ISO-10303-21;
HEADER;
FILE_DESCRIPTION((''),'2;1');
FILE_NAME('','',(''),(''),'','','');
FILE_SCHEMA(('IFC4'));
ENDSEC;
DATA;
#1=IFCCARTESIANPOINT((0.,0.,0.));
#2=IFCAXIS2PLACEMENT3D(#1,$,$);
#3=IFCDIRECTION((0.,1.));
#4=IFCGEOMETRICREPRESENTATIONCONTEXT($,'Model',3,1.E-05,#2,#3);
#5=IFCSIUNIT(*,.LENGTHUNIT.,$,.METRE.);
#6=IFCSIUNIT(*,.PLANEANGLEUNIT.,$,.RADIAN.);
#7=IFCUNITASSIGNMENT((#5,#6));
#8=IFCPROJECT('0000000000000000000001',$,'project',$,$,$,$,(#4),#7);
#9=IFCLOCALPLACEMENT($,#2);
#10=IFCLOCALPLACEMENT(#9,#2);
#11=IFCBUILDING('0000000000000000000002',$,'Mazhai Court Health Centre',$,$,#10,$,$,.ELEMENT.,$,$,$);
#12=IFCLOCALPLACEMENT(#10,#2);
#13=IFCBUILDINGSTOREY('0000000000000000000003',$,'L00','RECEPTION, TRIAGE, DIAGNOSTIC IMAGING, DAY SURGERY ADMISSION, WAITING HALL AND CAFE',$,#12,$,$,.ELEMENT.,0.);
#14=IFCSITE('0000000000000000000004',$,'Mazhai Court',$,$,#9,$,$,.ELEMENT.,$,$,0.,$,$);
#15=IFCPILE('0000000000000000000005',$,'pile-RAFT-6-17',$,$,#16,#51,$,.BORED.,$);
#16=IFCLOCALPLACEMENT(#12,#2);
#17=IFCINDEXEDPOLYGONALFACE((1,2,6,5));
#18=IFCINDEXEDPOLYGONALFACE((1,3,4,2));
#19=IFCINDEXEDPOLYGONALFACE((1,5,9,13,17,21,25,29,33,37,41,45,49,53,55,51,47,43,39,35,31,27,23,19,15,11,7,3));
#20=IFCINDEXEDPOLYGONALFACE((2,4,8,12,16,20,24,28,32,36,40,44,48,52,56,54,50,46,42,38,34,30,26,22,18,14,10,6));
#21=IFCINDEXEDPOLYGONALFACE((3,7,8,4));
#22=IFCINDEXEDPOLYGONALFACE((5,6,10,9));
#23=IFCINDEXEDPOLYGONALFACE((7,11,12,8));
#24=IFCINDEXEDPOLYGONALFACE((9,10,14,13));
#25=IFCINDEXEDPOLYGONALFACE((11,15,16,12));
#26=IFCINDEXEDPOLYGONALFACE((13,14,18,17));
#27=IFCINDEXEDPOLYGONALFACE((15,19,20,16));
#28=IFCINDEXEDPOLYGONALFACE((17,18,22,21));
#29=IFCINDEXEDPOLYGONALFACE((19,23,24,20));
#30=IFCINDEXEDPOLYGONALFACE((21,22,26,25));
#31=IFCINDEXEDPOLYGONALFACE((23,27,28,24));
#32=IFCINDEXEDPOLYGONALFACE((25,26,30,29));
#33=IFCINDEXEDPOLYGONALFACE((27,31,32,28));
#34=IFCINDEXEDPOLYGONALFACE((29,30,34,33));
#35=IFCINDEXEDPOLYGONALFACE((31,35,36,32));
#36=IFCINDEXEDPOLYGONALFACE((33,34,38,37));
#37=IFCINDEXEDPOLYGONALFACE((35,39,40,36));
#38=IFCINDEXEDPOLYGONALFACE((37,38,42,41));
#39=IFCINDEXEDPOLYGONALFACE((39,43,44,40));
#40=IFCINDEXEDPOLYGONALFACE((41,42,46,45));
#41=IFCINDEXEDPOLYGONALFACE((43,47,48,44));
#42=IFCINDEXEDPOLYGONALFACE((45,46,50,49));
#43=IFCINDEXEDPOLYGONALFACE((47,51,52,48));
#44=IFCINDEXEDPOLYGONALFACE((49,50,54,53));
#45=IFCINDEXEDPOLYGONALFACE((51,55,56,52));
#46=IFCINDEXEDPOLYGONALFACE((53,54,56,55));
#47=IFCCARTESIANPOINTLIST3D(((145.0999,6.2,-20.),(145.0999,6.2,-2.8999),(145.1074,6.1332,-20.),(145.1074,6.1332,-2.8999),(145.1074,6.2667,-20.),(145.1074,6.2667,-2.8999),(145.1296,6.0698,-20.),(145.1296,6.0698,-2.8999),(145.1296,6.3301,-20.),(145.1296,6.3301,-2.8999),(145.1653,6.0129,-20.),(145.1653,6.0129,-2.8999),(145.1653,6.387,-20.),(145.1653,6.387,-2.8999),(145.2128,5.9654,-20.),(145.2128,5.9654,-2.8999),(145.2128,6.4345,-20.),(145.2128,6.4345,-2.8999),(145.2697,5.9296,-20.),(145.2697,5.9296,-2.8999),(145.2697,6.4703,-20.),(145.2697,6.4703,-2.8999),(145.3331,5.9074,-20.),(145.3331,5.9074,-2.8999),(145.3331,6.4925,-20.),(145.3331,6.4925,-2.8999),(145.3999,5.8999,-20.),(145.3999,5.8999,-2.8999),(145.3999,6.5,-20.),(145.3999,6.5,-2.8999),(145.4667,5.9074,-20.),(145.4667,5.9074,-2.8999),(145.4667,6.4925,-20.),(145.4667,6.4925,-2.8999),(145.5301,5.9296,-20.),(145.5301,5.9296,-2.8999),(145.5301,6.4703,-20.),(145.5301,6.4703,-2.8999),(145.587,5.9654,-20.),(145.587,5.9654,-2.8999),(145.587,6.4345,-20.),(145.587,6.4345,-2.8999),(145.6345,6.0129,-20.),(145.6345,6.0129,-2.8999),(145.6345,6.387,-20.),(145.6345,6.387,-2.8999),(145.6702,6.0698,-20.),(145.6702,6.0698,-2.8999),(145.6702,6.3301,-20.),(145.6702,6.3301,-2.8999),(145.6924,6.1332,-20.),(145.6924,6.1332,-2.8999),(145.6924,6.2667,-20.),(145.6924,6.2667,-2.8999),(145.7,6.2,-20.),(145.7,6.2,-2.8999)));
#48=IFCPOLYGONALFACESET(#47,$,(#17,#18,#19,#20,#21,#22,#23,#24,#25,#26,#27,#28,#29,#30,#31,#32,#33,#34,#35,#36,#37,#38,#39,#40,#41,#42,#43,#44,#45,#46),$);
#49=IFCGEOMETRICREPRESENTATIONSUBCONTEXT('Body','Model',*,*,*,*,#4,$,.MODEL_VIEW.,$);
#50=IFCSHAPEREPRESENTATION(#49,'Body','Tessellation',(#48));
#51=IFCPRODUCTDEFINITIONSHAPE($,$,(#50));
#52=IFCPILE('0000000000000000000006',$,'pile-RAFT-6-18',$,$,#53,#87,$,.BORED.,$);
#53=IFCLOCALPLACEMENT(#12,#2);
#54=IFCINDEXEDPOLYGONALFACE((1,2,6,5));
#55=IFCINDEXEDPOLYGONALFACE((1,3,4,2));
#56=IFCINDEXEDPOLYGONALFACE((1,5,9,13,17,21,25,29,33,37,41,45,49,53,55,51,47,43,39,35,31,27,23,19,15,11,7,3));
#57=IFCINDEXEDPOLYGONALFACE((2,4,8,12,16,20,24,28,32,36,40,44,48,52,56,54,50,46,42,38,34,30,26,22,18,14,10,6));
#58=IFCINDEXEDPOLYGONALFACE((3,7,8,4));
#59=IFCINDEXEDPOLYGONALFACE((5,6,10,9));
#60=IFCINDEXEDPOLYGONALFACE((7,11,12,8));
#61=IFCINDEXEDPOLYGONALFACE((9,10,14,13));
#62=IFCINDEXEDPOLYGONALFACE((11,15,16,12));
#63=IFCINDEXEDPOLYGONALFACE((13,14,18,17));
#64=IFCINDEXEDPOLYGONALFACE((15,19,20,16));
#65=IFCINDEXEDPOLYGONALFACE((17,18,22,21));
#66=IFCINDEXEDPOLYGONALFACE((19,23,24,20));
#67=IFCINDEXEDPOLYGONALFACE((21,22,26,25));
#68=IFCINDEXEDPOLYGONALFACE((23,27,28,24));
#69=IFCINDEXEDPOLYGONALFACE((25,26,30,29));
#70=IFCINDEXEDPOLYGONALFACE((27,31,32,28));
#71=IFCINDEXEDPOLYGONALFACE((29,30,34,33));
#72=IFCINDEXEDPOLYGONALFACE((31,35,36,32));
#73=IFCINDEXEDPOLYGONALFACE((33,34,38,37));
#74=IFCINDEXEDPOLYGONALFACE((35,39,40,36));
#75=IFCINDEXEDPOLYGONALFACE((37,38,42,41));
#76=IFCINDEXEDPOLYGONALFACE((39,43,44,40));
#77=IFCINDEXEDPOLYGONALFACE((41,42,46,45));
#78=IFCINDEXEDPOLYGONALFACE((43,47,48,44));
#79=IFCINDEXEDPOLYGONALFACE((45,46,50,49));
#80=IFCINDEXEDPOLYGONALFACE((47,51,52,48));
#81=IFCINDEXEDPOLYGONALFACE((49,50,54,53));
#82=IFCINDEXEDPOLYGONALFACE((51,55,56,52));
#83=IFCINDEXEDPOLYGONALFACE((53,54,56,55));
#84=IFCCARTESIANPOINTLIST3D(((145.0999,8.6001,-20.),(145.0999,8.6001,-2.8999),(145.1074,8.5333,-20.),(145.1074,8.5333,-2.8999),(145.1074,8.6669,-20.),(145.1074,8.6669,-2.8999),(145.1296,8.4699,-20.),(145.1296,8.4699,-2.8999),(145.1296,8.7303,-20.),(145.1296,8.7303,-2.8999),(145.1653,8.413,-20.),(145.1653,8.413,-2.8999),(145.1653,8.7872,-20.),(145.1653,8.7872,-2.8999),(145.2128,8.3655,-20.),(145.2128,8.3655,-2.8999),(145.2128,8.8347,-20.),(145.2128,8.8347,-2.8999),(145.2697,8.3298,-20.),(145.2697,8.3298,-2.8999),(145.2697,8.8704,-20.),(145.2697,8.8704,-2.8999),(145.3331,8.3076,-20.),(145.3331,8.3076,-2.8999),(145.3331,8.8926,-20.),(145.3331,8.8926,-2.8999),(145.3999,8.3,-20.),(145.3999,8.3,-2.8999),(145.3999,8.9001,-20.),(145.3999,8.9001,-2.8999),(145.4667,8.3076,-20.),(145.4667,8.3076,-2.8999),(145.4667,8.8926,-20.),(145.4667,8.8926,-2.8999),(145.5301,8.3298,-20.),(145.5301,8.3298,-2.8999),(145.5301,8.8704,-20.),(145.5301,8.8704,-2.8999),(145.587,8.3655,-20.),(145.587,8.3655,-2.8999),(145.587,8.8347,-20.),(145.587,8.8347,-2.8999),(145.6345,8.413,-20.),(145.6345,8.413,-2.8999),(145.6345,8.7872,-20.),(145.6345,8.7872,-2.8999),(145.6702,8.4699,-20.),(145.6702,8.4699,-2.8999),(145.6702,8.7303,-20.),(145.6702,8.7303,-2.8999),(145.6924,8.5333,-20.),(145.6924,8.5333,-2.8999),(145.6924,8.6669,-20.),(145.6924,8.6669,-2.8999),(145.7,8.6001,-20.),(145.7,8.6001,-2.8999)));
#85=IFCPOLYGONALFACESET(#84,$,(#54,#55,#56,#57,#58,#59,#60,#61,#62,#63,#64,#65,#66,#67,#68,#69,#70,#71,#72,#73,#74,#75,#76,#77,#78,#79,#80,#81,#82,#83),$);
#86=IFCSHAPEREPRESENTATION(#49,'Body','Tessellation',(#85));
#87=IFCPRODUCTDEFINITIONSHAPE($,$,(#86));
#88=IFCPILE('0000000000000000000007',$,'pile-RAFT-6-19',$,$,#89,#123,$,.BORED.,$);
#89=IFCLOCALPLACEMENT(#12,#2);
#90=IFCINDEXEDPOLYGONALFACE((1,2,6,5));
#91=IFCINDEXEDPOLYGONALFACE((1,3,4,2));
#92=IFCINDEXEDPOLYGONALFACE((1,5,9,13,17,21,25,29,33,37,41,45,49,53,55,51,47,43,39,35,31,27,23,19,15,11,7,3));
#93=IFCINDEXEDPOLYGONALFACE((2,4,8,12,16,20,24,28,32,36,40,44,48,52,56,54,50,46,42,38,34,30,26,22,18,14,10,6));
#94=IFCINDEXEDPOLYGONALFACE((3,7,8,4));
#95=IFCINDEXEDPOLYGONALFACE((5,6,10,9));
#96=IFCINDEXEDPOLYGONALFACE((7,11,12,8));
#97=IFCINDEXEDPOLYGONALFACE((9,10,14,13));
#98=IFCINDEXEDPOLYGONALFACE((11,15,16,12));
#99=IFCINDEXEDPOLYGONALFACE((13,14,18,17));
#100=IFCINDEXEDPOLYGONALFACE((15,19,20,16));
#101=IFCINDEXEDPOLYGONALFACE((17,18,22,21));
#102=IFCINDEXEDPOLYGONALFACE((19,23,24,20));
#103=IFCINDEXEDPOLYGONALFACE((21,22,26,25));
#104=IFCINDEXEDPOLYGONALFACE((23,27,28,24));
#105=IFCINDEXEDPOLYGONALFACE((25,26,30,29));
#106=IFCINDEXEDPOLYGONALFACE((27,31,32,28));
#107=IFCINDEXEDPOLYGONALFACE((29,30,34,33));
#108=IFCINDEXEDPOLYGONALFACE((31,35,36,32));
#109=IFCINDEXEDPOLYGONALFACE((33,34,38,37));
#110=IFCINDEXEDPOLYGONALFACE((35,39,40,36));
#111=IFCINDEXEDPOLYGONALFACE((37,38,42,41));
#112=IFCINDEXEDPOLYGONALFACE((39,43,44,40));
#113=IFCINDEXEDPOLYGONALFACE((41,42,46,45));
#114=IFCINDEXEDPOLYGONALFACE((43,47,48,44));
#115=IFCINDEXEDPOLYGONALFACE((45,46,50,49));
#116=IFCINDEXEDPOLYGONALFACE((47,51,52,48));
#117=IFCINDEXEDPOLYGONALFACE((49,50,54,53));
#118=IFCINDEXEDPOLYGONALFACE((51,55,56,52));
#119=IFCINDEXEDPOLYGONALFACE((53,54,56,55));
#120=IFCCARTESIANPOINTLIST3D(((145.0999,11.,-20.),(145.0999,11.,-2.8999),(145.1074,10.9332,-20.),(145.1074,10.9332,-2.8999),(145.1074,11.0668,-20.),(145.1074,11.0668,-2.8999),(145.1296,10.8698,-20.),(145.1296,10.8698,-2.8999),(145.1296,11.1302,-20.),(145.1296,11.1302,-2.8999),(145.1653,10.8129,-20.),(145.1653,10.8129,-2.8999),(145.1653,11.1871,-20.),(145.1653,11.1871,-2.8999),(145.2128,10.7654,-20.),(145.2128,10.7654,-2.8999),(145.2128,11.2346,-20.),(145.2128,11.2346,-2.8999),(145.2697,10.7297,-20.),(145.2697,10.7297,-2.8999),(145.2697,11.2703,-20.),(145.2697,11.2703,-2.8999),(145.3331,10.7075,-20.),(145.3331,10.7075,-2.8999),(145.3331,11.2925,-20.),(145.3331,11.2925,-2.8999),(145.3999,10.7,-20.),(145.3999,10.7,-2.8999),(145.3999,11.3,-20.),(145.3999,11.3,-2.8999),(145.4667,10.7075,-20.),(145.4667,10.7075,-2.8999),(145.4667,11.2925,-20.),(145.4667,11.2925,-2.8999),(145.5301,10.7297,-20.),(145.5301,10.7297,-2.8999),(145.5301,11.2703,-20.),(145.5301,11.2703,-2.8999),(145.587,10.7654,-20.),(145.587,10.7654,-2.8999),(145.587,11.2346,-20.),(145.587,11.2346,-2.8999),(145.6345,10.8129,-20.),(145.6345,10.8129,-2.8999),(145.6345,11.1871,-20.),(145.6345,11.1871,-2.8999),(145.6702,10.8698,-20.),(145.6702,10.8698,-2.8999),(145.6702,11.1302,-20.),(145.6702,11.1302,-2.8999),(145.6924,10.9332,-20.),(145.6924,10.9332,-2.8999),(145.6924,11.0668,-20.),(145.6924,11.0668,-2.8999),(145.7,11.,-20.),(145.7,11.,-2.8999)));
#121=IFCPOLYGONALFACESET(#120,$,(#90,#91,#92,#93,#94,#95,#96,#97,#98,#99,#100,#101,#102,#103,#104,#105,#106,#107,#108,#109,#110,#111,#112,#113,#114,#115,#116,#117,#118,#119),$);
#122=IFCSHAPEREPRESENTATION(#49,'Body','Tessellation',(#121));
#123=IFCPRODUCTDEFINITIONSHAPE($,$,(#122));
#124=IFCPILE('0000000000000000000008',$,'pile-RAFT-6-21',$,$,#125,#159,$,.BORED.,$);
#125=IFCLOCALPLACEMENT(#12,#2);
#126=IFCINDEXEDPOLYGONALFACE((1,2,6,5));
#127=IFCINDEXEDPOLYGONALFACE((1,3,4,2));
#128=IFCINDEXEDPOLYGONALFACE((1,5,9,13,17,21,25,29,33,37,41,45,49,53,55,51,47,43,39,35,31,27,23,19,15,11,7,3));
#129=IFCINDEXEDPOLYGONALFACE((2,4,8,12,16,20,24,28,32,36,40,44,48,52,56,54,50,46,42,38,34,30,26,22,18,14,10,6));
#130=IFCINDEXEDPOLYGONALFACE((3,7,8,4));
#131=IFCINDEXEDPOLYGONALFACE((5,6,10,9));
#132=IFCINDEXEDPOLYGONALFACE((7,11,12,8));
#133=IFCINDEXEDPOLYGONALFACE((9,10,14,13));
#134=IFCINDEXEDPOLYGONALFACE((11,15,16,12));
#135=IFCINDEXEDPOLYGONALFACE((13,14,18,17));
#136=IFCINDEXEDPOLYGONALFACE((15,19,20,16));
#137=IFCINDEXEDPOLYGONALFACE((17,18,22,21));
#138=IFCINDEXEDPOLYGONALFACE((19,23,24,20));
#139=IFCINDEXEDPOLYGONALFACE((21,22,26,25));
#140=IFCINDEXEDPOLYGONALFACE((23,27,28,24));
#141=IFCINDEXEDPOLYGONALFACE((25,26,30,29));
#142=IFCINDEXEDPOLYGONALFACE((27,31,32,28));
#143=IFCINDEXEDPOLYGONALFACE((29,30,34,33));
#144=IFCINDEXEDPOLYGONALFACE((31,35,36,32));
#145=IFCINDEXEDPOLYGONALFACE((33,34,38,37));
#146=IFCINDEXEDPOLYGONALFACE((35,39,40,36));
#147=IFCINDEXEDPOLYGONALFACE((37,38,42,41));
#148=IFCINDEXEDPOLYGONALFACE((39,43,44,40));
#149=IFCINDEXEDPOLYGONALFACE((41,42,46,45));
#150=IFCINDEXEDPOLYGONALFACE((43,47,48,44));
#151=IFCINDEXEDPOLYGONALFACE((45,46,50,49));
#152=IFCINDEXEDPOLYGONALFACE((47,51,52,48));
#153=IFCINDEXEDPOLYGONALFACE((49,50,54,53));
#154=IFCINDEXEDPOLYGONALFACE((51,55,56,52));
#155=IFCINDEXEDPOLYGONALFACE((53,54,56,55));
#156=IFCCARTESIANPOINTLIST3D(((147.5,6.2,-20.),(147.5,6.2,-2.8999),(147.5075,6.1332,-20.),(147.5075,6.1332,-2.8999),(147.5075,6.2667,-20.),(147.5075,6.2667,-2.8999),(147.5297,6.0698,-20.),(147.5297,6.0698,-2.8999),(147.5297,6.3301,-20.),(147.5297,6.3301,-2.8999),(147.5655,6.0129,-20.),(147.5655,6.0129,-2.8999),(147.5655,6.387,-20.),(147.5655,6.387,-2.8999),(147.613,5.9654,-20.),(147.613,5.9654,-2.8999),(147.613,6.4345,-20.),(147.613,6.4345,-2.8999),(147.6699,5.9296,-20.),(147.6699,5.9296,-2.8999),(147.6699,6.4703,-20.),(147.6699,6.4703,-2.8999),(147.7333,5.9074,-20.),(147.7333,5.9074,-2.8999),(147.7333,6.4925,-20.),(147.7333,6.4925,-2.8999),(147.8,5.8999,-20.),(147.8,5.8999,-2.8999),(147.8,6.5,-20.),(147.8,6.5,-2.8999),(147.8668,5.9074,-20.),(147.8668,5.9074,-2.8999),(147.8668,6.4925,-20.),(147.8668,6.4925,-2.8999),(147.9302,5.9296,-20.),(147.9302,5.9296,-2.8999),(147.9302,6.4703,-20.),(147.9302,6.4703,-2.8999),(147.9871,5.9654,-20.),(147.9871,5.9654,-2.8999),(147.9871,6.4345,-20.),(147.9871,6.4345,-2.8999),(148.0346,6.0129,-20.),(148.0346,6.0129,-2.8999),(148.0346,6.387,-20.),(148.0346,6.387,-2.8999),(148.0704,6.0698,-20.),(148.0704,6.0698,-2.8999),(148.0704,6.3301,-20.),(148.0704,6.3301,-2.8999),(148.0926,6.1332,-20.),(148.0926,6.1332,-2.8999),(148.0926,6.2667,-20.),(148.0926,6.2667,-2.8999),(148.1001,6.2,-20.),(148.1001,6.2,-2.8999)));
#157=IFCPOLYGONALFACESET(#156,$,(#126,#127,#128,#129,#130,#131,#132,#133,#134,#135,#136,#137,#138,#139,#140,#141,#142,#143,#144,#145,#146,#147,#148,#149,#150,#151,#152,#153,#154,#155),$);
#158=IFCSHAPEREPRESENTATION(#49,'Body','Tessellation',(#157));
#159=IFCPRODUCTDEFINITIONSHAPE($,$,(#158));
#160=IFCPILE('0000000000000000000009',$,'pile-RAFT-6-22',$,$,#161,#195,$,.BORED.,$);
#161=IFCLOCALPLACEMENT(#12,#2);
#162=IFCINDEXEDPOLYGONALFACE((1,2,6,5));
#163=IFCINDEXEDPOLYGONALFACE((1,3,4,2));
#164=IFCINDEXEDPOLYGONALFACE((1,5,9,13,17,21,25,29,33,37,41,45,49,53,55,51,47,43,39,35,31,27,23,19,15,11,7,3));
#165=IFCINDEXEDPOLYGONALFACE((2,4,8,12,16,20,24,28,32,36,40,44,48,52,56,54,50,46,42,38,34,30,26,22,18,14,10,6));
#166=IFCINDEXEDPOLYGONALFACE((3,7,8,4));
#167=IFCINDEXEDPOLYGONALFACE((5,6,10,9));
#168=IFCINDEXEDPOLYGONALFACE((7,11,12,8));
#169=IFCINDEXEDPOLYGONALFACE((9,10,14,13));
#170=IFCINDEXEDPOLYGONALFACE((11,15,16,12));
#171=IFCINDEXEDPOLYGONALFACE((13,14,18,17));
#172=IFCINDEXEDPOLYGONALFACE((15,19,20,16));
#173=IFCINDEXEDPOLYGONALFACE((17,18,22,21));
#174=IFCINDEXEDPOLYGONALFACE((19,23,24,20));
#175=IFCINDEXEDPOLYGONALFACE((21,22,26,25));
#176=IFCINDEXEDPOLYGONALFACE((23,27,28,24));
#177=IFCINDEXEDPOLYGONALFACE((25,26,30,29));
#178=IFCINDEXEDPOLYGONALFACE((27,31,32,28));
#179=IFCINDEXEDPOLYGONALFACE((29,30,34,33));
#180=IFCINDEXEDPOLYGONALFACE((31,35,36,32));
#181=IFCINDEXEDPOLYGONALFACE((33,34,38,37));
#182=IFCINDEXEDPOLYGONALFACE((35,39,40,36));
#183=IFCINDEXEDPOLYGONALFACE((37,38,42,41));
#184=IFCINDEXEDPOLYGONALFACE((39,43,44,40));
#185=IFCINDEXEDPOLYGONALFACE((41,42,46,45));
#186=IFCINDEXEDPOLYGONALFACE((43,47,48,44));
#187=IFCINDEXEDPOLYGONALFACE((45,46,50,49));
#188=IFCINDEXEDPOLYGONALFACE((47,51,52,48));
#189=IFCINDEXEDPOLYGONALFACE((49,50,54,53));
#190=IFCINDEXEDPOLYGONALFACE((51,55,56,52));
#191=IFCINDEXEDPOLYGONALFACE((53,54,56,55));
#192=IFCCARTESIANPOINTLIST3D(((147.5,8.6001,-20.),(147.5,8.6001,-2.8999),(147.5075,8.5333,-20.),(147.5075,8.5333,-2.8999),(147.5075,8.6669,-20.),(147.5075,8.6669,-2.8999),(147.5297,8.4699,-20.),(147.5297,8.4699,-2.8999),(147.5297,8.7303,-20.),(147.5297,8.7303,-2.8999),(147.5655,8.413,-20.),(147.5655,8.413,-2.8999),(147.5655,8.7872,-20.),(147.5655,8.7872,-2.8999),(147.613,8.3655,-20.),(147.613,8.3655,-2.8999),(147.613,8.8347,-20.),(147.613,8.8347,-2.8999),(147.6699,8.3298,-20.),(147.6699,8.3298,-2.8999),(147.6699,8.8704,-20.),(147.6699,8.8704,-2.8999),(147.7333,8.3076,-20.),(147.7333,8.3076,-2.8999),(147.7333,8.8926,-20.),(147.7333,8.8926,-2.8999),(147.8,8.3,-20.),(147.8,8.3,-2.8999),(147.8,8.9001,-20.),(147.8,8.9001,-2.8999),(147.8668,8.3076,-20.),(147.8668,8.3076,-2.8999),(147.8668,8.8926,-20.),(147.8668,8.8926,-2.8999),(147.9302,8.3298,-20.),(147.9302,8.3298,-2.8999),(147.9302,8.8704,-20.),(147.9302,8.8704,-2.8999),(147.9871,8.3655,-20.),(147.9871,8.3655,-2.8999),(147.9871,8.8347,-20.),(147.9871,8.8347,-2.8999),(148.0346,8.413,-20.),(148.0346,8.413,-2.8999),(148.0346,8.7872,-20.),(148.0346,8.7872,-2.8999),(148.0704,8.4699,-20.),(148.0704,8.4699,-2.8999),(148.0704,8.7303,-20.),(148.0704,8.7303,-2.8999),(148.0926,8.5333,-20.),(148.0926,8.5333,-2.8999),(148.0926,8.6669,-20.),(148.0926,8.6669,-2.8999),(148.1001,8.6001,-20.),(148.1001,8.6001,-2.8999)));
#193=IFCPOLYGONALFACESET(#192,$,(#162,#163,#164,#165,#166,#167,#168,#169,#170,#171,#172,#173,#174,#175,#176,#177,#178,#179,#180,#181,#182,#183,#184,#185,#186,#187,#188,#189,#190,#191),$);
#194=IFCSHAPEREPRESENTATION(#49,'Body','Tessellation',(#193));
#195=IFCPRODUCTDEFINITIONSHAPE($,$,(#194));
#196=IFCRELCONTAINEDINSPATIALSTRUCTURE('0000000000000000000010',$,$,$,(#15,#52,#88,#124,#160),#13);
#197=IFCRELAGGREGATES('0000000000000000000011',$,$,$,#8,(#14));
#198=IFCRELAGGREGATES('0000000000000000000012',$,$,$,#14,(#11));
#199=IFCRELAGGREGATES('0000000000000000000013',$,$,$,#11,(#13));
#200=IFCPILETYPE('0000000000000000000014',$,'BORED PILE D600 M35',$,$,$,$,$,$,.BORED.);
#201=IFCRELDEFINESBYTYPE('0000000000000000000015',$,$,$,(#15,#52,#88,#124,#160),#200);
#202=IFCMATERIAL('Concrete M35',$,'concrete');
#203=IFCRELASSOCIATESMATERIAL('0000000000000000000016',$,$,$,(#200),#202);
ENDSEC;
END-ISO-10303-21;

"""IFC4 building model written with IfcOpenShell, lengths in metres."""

from ifc_helpers import new_model, si_unit, direction, frame, origin, origin_2d, place, context, subcontext, project, spatial, circle, extrude, material, material_profile, profile_set, type_object, element, save


model = new_model("IFC4")

# Units and contexts
model_context = context("Model", 3, precision=1e-05, world=origin(), true_north=direction((0.0, 1.0)))
body_context = subcontext(model_context, "Body", "Model", "MODEL_VIEW")
ifc_project = project(units=[si_unit("LENGTHUNIT", "METRE"), si_unit("PLANEANGLEUNIT", "RADIAN")], contexts=[model_context])

# Site, building, storey
site_placement = place(None, origin())
site = spatial("IfcSite", under=ifc_project, at=site_placement, Name="Mazhai Court", CompositionType="ELEMENT", RefElevation=0.0)
building_placement = place(site_placement, origin())
building = spatial("IfcBuilding", under=site, at=building_placement, Name="Mazhai Court Health Centre", CompositionType="ELEMENT")
storey_placement = place(building_placement, origin())
storey = spatial("IfcBuildingStorey", under=building, at=storey_placement, Name="L00", Description="RECEPTION, TRIAGE, DIAGNOSTIC IMAGING, DAY SURGERY ADMISSION, WAITING HALL AND CAFE", CompositionType="ELEMENT", Elevation=0.0)

# Piles
ifc_material_1 = material(Name="Concrete M35", Category="concrete")
ifc_material_profile_1 = material_profile(ifc_material_1, circle(Radius=0.3, at=origin_2d()), Name="RC PILE D600")
ifc_profile_set_1 = profile_set([ifc_material_profile_1], Name="Concrete M35")
pile_type = type_object("IfcPileType", Name="BORED PILE D600 M35", PredefinedType="BORED", material=ifc_profile_set_1)
for number, where, z_axis, x_axis, name in (
    (1, (145.3999, 6.2, -2.8999), (0.0, 0.0, -1.0), (1.0, 0.0, 0.0), "pile-RAFT-6-17"),
    (2, (145.3999, 8.6001, -2.8999), (0.0, 0.0, -1.0), (1.0, 0.0, 0.0), "pile-RAFT-6-18"),
    (3, (145.3999, 11.0, -2.8999), (0.0, 0.0, -1.0), (1.0, 0.0, 0.0), "pile-RAFT-6-19"),
    (4, (147.8, 6.2, -2.8999), (0.0, 0.0, -1.0), (1.0, 0.0, 0.0), "pile-RAFT-6-21"),
    (5, (147.8, 8.6001, -2.8999), (0.0, 0.0, -1.0), (1.0, 0.0, 0.0), "pile-RAFT-6-22"),
):
    element("IfcPile", number, at=place(storey_placement, frame(where, z_axis=z_axis, x_axis=x_axis)), inside=storey, type_object=pile_type, Name=name, PredefinedType="BORED", context=body_context, shape_type="SweptSolid", body=[
        extrude(circle(Radius=0.3, at=origin_2d()), origin(), (0.0, 0.0, 1.0), 17.1001),
    ])

save(model, "model.ifc")
